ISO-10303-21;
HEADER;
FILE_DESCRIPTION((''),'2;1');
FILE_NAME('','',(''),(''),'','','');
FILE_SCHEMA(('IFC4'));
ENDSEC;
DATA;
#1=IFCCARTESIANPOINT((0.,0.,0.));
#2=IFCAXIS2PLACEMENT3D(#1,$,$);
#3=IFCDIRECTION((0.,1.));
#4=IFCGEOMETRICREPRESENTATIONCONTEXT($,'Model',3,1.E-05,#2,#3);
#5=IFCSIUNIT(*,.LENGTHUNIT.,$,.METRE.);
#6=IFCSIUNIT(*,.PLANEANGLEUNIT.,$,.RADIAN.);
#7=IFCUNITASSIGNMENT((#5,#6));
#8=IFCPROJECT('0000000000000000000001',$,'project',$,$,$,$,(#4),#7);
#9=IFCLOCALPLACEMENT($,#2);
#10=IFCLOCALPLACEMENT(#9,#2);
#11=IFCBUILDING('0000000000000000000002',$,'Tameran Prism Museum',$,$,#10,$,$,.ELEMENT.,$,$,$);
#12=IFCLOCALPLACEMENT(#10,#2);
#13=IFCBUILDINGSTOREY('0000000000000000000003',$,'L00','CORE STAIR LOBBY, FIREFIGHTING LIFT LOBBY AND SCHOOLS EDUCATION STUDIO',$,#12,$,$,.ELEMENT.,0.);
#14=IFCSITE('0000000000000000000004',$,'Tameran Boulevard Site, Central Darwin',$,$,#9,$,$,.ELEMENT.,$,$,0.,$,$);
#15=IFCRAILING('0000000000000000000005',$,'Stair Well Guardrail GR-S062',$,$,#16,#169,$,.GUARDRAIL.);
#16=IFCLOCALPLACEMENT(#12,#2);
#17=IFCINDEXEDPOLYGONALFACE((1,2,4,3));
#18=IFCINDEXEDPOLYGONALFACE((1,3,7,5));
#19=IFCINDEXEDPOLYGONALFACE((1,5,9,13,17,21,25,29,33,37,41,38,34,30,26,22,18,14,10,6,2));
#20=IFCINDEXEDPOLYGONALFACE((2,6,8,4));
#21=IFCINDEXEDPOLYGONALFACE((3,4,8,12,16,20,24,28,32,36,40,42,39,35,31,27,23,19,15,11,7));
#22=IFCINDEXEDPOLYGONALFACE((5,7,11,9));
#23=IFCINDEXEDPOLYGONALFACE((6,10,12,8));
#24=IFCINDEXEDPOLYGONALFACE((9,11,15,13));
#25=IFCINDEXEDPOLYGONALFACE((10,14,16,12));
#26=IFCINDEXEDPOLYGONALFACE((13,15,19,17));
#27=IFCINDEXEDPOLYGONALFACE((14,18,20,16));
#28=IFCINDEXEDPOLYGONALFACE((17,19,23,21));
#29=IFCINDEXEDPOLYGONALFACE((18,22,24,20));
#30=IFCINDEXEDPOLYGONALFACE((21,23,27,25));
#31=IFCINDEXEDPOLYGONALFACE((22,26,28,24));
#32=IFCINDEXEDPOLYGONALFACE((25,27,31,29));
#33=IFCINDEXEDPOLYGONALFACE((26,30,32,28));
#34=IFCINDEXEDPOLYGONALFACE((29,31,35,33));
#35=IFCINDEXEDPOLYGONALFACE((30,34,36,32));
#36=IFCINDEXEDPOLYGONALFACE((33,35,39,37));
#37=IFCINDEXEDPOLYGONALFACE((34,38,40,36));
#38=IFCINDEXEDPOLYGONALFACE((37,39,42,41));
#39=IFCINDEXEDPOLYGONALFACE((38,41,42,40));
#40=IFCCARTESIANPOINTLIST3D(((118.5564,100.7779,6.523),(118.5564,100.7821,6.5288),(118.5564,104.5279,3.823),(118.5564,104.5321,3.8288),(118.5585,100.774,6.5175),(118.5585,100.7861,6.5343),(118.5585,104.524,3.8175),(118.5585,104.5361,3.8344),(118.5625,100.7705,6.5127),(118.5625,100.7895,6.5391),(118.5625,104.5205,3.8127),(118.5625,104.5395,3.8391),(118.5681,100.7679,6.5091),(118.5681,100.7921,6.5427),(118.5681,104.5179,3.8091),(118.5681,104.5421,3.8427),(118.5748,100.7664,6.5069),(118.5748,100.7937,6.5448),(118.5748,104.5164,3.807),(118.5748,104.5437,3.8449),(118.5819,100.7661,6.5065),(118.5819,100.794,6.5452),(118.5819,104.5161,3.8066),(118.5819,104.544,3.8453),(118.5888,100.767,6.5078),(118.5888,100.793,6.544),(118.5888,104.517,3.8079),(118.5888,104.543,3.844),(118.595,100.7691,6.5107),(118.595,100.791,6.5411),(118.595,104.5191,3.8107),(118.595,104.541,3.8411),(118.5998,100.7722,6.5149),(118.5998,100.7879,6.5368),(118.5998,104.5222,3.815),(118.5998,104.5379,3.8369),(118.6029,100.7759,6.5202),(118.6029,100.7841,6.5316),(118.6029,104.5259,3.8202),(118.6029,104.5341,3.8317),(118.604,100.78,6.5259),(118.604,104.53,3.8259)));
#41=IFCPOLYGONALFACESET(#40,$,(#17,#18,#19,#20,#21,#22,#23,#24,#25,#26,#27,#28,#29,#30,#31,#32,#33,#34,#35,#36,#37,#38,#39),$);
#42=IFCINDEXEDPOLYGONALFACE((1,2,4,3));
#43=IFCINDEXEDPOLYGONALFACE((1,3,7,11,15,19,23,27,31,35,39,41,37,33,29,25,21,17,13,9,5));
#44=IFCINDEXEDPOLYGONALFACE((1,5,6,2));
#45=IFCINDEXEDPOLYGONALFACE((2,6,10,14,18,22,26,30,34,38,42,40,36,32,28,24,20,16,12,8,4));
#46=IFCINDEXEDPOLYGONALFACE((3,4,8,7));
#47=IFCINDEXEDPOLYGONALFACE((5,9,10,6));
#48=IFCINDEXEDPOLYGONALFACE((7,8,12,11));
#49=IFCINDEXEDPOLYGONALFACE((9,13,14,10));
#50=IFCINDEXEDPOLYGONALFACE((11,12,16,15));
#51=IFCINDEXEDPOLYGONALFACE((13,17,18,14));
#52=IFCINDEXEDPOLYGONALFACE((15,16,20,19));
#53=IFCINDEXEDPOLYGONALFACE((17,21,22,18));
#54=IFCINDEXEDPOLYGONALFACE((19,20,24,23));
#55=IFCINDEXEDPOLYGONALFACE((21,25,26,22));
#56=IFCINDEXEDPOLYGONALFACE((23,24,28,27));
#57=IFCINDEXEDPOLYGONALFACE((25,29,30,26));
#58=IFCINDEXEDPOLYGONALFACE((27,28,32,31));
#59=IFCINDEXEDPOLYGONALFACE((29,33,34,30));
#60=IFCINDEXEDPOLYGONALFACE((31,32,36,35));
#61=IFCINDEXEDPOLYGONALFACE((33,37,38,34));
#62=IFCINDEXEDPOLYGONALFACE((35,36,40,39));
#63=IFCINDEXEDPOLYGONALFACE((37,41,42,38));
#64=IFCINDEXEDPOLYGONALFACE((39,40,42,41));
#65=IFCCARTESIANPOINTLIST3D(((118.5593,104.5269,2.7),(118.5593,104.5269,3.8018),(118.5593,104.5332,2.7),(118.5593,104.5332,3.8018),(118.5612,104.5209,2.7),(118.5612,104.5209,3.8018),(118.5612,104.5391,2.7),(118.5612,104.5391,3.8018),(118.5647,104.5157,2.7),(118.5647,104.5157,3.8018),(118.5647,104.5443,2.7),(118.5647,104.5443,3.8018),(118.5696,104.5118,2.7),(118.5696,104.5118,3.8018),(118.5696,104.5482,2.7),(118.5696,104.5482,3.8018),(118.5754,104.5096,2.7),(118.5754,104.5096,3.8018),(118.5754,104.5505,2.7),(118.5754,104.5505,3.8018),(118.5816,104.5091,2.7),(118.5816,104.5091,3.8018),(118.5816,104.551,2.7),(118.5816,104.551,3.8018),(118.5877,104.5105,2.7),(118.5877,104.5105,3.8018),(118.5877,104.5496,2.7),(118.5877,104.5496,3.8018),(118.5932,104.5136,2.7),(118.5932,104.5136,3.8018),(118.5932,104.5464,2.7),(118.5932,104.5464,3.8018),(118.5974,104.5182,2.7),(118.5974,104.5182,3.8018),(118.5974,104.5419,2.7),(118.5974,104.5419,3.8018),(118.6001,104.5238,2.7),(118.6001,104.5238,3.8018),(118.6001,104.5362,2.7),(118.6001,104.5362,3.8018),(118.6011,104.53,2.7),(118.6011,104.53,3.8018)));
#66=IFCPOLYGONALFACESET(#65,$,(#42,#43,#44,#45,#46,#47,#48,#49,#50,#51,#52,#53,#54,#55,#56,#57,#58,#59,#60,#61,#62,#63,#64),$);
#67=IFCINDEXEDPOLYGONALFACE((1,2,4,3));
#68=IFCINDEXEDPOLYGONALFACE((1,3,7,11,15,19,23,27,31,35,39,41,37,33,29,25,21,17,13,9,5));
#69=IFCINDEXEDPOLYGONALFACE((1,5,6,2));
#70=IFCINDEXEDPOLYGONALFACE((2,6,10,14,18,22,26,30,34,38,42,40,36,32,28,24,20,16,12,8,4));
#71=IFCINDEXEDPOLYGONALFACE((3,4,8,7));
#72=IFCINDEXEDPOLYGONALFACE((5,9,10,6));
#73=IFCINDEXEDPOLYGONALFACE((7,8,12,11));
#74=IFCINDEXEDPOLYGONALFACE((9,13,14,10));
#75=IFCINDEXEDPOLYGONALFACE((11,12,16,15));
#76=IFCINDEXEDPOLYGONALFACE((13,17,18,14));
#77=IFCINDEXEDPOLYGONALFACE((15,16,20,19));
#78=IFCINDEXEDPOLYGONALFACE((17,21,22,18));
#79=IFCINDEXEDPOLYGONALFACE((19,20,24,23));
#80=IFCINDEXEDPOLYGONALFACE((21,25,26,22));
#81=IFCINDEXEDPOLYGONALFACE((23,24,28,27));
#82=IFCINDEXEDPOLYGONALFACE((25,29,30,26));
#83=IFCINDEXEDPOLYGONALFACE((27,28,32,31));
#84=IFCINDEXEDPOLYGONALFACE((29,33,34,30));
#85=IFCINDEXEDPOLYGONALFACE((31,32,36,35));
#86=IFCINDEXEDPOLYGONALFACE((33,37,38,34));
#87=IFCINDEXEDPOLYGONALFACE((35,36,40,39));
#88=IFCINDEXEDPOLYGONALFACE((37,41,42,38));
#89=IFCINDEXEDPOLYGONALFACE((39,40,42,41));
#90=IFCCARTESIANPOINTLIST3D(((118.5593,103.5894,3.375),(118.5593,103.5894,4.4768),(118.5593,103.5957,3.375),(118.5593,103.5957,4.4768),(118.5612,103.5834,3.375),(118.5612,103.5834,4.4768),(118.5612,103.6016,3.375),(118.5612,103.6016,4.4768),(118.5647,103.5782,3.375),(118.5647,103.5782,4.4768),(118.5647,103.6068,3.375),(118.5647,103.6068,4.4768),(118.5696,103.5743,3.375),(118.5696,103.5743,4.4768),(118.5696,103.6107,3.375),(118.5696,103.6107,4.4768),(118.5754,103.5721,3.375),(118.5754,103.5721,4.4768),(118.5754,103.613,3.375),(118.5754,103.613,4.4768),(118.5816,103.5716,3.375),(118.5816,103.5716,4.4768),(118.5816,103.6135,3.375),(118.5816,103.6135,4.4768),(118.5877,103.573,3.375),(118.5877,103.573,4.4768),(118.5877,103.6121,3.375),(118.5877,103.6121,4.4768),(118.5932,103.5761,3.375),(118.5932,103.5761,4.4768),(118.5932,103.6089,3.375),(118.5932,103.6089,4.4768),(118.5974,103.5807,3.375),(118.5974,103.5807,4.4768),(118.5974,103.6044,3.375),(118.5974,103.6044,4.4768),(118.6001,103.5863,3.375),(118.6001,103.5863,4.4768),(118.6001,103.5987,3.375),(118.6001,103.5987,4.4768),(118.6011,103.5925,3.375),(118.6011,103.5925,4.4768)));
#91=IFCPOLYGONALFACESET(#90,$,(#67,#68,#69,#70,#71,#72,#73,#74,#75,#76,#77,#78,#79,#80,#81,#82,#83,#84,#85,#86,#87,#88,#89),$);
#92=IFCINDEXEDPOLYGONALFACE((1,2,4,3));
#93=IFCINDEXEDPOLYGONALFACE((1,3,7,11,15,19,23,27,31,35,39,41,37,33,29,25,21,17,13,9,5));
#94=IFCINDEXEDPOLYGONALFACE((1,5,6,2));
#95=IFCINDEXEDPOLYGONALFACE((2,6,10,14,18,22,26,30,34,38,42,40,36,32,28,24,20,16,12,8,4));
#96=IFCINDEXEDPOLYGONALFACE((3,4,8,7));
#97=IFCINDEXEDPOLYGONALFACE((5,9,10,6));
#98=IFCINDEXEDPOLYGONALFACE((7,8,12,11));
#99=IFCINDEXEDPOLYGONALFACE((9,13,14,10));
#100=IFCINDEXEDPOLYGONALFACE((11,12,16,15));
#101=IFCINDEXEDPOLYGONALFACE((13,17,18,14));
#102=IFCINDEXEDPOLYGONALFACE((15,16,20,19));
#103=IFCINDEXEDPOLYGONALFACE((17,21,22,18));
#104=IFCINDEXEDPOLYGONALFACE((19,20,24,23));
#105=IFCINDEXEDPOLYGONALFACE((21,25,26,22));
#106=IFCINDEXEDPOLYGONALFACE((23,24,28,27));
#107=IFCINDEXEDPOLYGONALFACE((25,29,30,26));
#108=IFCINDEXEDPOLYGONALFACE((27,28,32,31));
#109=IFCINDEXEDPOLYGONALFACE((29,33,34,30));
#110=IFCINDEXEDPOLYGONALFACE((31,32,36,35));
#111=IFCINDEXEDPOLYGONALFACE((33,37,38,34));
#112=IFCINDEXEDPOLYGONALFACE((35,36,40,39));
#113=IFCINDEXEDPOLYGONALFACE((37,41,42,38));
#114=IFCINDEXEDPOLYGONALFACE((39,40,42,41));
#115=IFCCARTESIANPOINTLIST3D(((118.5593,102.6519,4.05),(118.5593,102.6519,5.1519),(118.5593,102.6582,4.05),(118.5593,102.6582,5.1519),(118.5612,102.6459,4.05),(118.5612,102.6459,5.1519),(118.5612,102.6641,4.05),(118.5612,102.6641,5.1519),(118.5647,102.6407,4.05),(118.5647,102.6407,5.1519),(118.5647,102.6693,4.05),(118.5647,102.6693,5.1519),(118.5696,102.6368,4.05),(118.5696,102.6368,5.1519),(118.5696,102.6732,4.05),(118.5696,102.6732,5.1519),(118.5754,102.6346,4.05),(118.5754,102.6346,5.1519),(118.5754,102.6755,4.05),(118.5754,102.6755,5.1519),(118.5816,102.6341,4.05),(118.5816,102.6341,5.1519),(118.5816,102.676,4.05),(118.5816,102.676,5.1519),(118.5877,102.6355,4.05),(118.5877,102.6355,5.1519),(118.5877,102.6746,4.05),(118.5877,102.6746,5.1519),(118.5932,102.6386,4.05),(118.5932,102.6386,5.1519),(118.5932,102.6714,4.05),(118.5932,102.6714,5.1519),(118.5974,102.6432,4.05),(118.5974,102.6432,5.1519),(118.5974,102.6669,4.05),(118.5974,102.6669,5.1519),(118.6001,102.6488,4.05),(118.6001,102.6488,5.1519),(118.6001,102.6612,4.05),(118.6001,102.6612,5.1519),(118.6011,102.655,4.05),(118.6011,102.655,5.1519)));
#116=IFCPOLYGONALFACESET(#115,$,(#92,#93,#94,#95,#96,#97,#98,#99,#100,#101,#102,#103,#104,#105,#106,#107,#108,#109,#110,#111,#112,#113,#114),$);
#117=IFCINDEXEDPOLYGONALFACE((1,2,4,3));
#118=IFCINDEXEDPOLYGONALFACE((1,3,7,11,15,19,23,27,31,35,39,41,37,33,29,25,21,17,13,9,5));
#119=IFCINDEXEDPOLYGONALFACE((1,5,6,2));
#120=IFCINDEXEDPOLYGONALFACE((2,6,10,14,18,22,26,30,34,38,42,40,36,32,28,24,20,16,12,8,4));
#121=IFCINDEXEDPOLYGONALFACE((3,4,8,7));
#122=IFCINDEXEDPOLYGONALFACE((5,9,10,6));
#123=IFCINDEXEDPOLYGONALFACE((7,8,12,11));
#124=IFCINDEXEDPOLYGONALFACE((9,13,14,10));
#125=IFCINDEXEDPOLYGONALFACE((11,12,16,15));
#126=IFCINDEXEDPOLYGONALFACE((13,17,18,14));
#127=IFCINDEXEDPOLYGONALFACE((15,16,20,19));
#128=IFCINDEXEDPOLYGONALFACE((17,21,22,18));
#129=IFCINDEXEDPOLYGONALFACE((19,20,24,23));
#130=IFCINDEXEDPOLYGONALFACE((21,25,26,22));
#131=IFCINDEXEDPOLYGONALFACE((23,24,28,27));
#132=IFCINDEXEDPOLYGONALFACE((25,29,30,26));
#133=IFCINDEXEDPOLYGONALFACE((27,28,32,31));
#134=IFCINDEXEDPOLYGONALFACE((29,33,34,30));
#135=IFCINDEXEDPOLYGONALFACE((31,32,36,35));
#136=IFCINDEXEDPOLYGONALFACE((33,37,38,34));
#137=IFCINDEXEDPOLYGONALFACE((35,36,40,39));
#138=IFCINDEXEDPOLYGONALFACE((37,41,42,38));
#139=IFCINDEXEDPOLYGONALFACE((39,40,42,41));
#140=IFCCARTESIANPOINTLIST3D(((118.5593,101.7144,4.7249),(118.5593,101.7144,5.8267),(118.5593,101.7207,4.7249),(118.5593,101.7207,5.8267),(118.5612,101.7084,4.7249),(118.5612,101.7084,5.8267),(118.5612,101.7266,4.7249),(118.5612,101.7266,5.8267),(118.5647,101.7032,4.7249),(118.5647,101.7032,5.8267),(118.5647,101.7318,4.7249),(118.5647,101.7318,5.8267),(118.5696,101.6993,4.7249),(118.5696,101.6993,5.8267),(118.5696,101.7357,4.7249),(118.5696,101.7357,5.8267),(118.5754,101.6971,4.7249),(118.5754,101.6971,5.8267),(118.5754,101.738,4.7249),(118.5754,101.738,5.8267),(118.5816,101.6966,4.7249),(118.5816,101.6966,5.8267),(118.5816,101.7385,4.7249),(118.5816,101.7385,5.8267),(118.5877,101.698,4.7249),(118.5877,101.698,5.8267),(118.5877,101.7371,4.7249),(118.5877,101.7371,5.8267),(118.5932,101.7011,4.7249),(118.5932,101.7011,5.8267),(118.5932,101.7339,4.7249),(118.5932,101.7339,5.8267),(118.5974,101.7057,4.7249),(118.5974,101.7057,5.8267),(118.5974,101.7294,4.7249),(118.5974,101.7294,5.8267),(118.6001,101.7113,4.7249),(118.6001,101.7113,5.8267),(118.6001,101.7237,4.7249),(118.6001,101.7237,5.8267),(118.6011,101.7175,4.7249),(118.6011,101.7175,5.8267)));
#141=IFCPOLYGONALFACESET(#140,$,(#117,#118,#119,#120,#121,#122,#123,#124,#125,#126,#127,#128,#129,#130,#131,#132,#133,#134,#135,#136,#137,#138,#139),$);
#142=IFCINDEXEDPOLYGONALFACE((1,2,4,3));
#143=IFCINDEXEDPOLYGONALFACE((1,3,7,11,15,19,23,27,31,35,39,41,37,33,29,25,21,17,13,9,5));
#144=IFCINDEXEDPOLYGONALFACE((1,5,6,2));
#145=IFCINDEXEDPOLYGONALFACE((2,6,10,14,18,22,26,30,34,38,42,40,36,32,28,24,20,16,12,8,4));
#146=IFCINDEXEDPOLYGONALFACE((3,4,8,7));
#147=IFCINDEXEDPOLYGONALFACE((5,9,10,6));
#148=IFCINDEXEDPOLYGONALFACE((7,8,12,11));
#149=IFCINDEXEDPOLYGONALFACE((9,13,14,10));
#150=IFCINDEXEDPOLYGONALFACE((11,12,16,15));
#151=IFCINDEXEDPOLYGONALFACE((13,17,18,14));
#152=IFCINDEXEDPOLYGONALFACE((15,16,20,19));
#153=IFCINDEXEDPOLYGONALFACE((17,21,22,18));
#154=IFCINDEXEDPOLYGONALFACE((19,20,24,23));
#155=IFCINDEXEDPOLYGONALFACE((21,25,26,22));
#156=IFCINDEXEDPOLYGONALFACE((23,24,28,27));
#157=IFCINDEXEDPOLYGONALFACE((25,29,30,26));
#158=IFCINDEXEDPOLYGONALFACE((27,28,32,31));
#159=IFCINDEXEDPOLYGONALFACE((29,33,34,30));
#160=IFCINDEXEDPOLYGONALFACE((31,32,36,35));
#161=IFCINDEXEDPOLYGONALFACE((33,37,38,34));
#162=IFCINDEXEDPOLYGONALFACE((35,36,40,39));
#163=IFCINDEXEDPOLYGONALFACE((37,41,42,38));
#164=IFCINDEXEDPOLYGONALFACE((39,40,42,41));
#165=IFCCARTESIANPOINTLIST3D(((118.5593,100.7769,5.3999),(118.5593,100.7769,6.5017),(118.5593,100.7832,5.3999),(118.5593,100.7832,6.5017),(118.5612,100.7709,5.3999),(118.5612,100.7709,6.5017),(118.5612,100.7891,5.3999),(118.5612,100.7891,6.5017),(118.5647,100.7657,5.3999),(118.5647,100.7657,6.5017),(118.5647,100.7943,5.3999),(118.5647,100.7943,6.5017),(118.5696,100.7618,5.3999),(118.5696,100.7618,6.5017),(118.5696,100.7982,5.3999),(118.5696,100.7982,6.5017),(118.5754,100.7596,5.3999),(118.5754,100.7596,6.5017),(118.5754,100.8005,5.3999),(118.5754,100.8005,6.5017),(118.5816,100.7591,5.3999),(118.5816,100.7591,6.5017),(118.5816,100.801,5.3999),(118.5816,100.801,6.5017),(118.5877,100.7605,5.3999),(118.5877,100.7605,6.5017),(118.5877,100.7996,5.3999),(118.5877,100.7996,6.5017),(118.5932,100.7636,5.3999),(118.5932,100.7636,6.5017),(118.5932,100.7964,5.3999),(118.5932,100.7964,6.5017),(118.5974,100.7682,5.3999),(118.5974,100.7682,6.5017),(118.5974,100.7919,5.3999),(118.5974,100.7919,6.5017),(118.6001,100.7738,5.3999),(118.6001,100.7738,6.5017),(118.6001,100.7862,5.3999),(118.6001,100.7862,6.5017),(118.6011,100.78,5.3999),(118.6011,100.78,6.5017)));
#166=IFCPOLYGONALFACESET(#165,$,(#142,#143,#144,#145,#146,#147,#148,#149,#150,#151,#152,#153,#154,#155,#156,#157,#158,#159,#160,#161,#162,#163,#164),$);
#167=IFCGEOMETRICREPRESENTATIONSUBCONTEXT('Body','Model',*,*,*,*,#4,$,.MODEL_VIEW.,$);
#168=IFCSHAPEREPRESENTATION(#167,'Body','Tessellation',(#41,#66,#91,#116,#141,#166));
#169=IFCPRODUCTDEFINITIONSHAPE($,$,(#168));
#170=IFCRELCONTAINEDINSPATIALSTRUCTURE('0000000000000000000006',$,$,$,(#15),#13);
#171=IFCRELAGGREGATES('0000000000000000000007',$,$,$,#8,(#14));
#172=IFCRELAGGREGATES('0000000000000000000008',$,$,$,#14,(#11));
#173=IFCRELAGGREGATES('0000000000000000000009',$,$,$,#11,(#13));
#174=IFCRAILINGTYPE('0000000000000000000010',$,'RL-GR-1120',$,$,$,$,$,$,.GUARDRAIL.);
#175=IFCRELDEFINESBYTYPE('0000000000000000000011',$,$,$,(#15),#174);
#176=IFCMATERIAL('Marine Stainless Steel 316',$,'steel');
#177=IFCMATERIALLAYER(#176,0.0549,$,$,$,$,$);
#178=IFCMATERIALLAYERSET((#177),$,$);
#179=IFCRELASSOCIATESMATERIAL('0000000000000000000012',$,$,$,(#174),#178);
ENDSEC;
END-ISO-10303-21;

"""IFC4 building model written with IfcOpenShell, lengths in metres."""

from ifc_helpers import new_model, si_unit, direction, frame, origin, origin_2d, place, context, subcontext, project, spatial, circle, extrude, material, layer, layer_set, type_object, element, save


model = new_model("IFC4")

# Units and contexts
model_context = context("Model", 3, precision=1e-05, world=origin(), true_north=direction((0.0, 1.0)))
body_context = subcontext(model_context, "Body", "Model", "MODEL_VIEW")
ifc_project = project(units=[si_unit("LENGTHUNIT", "METRE"), si_unit("PLANEANGLEUNIT", "RADIAN")], contexts=[model_context])

# Site, building, storey
site_placement = place(None, origin())
site = spatial("IfcSite", under=ifc_project, at=site_placement, Name="Tameran Boulevard Site, Central Darwin", CompositionType="ELEMENT", RefElevation=0.0)
building_placement = place(site_placement, origin())
building = spatial("IfcBuilding", under=site, at=building_placement, Name="Tameran Prism Museum", CompositionType="ELEMENT")
storey_placement = place(building_placement, origin())
storey = spatial("IfcBuildingStorey", under=building, at=storey_placement, Name="L00", Description="CORE STAIR LOBBY, FIREFIGHTING LIFT LOBBY AND SCHOOLS EDUCATION STUDIO", CompositionType="ELEMENT", Elevation=0.0)

# Railing
ifc_material_1 = material(Name="Marine Stainless Steel 316", Category="steel")
ifc_layer_1 = layer(ifc_material_1, 0.0549)
ifc_layer_set_1 = layer_set([ifc_layer_1])
railing_type_1 = type_object("IfcRailingType", Name="RL-GR-1120", PredefinedType="GUARDRAIL", material=ifc_layer_set_1)
railing_1_placement = place(storey_placement, frame((118.5801, 104.53, 2.7)))
element("IfcRailing", 1, at=railing_1_placement, inside=storey, type_object=railing_type_1, Name="Stair Well Guardrail GR-S062", PredefinedType="GUARDRAIL", context=body_context, shape_type="SweptSolid", body=[
    extrude(circle(Radius=0.0239, at=origin_2d()), frame((0.0, 0.0, 1.126), z_axis=(0.0, -0.811539, 0.584298), x_axis=(1.0, 0.0, 0.0)), (0.0, 0.0, 1.0), 4.6208),
    extrude(circle(Radius=0.021, at=origin_2d()), origin(), (0.0, 0.0, 1.0), 1.1018),
    extrude(circle(Radius=0.021, at=origin_2d()), frame((0.0, -0.9375, 0.675)), (0.0, 0.0, 1.0), 1.1018),
    extrude(circle(Radius=0.021, at=origin_2d()), frame((0.0, -1.875, 1.3501)), (0.0, 0.0, 1.0), 1.1018),
    extrude(circle(Radius=0.021, at=origin_2d()), frame((0.0, -2.8125, 2.0249)), (0.0, 0.0, 1.0), 1.1018),
    extrude(circle(Radius=0.021, at=origin_2d()), frame((0.0, -3.75, 2.7)), (0.0, 0.0, 1.0), 1.1018),
])

save(model, "model.ifc")
